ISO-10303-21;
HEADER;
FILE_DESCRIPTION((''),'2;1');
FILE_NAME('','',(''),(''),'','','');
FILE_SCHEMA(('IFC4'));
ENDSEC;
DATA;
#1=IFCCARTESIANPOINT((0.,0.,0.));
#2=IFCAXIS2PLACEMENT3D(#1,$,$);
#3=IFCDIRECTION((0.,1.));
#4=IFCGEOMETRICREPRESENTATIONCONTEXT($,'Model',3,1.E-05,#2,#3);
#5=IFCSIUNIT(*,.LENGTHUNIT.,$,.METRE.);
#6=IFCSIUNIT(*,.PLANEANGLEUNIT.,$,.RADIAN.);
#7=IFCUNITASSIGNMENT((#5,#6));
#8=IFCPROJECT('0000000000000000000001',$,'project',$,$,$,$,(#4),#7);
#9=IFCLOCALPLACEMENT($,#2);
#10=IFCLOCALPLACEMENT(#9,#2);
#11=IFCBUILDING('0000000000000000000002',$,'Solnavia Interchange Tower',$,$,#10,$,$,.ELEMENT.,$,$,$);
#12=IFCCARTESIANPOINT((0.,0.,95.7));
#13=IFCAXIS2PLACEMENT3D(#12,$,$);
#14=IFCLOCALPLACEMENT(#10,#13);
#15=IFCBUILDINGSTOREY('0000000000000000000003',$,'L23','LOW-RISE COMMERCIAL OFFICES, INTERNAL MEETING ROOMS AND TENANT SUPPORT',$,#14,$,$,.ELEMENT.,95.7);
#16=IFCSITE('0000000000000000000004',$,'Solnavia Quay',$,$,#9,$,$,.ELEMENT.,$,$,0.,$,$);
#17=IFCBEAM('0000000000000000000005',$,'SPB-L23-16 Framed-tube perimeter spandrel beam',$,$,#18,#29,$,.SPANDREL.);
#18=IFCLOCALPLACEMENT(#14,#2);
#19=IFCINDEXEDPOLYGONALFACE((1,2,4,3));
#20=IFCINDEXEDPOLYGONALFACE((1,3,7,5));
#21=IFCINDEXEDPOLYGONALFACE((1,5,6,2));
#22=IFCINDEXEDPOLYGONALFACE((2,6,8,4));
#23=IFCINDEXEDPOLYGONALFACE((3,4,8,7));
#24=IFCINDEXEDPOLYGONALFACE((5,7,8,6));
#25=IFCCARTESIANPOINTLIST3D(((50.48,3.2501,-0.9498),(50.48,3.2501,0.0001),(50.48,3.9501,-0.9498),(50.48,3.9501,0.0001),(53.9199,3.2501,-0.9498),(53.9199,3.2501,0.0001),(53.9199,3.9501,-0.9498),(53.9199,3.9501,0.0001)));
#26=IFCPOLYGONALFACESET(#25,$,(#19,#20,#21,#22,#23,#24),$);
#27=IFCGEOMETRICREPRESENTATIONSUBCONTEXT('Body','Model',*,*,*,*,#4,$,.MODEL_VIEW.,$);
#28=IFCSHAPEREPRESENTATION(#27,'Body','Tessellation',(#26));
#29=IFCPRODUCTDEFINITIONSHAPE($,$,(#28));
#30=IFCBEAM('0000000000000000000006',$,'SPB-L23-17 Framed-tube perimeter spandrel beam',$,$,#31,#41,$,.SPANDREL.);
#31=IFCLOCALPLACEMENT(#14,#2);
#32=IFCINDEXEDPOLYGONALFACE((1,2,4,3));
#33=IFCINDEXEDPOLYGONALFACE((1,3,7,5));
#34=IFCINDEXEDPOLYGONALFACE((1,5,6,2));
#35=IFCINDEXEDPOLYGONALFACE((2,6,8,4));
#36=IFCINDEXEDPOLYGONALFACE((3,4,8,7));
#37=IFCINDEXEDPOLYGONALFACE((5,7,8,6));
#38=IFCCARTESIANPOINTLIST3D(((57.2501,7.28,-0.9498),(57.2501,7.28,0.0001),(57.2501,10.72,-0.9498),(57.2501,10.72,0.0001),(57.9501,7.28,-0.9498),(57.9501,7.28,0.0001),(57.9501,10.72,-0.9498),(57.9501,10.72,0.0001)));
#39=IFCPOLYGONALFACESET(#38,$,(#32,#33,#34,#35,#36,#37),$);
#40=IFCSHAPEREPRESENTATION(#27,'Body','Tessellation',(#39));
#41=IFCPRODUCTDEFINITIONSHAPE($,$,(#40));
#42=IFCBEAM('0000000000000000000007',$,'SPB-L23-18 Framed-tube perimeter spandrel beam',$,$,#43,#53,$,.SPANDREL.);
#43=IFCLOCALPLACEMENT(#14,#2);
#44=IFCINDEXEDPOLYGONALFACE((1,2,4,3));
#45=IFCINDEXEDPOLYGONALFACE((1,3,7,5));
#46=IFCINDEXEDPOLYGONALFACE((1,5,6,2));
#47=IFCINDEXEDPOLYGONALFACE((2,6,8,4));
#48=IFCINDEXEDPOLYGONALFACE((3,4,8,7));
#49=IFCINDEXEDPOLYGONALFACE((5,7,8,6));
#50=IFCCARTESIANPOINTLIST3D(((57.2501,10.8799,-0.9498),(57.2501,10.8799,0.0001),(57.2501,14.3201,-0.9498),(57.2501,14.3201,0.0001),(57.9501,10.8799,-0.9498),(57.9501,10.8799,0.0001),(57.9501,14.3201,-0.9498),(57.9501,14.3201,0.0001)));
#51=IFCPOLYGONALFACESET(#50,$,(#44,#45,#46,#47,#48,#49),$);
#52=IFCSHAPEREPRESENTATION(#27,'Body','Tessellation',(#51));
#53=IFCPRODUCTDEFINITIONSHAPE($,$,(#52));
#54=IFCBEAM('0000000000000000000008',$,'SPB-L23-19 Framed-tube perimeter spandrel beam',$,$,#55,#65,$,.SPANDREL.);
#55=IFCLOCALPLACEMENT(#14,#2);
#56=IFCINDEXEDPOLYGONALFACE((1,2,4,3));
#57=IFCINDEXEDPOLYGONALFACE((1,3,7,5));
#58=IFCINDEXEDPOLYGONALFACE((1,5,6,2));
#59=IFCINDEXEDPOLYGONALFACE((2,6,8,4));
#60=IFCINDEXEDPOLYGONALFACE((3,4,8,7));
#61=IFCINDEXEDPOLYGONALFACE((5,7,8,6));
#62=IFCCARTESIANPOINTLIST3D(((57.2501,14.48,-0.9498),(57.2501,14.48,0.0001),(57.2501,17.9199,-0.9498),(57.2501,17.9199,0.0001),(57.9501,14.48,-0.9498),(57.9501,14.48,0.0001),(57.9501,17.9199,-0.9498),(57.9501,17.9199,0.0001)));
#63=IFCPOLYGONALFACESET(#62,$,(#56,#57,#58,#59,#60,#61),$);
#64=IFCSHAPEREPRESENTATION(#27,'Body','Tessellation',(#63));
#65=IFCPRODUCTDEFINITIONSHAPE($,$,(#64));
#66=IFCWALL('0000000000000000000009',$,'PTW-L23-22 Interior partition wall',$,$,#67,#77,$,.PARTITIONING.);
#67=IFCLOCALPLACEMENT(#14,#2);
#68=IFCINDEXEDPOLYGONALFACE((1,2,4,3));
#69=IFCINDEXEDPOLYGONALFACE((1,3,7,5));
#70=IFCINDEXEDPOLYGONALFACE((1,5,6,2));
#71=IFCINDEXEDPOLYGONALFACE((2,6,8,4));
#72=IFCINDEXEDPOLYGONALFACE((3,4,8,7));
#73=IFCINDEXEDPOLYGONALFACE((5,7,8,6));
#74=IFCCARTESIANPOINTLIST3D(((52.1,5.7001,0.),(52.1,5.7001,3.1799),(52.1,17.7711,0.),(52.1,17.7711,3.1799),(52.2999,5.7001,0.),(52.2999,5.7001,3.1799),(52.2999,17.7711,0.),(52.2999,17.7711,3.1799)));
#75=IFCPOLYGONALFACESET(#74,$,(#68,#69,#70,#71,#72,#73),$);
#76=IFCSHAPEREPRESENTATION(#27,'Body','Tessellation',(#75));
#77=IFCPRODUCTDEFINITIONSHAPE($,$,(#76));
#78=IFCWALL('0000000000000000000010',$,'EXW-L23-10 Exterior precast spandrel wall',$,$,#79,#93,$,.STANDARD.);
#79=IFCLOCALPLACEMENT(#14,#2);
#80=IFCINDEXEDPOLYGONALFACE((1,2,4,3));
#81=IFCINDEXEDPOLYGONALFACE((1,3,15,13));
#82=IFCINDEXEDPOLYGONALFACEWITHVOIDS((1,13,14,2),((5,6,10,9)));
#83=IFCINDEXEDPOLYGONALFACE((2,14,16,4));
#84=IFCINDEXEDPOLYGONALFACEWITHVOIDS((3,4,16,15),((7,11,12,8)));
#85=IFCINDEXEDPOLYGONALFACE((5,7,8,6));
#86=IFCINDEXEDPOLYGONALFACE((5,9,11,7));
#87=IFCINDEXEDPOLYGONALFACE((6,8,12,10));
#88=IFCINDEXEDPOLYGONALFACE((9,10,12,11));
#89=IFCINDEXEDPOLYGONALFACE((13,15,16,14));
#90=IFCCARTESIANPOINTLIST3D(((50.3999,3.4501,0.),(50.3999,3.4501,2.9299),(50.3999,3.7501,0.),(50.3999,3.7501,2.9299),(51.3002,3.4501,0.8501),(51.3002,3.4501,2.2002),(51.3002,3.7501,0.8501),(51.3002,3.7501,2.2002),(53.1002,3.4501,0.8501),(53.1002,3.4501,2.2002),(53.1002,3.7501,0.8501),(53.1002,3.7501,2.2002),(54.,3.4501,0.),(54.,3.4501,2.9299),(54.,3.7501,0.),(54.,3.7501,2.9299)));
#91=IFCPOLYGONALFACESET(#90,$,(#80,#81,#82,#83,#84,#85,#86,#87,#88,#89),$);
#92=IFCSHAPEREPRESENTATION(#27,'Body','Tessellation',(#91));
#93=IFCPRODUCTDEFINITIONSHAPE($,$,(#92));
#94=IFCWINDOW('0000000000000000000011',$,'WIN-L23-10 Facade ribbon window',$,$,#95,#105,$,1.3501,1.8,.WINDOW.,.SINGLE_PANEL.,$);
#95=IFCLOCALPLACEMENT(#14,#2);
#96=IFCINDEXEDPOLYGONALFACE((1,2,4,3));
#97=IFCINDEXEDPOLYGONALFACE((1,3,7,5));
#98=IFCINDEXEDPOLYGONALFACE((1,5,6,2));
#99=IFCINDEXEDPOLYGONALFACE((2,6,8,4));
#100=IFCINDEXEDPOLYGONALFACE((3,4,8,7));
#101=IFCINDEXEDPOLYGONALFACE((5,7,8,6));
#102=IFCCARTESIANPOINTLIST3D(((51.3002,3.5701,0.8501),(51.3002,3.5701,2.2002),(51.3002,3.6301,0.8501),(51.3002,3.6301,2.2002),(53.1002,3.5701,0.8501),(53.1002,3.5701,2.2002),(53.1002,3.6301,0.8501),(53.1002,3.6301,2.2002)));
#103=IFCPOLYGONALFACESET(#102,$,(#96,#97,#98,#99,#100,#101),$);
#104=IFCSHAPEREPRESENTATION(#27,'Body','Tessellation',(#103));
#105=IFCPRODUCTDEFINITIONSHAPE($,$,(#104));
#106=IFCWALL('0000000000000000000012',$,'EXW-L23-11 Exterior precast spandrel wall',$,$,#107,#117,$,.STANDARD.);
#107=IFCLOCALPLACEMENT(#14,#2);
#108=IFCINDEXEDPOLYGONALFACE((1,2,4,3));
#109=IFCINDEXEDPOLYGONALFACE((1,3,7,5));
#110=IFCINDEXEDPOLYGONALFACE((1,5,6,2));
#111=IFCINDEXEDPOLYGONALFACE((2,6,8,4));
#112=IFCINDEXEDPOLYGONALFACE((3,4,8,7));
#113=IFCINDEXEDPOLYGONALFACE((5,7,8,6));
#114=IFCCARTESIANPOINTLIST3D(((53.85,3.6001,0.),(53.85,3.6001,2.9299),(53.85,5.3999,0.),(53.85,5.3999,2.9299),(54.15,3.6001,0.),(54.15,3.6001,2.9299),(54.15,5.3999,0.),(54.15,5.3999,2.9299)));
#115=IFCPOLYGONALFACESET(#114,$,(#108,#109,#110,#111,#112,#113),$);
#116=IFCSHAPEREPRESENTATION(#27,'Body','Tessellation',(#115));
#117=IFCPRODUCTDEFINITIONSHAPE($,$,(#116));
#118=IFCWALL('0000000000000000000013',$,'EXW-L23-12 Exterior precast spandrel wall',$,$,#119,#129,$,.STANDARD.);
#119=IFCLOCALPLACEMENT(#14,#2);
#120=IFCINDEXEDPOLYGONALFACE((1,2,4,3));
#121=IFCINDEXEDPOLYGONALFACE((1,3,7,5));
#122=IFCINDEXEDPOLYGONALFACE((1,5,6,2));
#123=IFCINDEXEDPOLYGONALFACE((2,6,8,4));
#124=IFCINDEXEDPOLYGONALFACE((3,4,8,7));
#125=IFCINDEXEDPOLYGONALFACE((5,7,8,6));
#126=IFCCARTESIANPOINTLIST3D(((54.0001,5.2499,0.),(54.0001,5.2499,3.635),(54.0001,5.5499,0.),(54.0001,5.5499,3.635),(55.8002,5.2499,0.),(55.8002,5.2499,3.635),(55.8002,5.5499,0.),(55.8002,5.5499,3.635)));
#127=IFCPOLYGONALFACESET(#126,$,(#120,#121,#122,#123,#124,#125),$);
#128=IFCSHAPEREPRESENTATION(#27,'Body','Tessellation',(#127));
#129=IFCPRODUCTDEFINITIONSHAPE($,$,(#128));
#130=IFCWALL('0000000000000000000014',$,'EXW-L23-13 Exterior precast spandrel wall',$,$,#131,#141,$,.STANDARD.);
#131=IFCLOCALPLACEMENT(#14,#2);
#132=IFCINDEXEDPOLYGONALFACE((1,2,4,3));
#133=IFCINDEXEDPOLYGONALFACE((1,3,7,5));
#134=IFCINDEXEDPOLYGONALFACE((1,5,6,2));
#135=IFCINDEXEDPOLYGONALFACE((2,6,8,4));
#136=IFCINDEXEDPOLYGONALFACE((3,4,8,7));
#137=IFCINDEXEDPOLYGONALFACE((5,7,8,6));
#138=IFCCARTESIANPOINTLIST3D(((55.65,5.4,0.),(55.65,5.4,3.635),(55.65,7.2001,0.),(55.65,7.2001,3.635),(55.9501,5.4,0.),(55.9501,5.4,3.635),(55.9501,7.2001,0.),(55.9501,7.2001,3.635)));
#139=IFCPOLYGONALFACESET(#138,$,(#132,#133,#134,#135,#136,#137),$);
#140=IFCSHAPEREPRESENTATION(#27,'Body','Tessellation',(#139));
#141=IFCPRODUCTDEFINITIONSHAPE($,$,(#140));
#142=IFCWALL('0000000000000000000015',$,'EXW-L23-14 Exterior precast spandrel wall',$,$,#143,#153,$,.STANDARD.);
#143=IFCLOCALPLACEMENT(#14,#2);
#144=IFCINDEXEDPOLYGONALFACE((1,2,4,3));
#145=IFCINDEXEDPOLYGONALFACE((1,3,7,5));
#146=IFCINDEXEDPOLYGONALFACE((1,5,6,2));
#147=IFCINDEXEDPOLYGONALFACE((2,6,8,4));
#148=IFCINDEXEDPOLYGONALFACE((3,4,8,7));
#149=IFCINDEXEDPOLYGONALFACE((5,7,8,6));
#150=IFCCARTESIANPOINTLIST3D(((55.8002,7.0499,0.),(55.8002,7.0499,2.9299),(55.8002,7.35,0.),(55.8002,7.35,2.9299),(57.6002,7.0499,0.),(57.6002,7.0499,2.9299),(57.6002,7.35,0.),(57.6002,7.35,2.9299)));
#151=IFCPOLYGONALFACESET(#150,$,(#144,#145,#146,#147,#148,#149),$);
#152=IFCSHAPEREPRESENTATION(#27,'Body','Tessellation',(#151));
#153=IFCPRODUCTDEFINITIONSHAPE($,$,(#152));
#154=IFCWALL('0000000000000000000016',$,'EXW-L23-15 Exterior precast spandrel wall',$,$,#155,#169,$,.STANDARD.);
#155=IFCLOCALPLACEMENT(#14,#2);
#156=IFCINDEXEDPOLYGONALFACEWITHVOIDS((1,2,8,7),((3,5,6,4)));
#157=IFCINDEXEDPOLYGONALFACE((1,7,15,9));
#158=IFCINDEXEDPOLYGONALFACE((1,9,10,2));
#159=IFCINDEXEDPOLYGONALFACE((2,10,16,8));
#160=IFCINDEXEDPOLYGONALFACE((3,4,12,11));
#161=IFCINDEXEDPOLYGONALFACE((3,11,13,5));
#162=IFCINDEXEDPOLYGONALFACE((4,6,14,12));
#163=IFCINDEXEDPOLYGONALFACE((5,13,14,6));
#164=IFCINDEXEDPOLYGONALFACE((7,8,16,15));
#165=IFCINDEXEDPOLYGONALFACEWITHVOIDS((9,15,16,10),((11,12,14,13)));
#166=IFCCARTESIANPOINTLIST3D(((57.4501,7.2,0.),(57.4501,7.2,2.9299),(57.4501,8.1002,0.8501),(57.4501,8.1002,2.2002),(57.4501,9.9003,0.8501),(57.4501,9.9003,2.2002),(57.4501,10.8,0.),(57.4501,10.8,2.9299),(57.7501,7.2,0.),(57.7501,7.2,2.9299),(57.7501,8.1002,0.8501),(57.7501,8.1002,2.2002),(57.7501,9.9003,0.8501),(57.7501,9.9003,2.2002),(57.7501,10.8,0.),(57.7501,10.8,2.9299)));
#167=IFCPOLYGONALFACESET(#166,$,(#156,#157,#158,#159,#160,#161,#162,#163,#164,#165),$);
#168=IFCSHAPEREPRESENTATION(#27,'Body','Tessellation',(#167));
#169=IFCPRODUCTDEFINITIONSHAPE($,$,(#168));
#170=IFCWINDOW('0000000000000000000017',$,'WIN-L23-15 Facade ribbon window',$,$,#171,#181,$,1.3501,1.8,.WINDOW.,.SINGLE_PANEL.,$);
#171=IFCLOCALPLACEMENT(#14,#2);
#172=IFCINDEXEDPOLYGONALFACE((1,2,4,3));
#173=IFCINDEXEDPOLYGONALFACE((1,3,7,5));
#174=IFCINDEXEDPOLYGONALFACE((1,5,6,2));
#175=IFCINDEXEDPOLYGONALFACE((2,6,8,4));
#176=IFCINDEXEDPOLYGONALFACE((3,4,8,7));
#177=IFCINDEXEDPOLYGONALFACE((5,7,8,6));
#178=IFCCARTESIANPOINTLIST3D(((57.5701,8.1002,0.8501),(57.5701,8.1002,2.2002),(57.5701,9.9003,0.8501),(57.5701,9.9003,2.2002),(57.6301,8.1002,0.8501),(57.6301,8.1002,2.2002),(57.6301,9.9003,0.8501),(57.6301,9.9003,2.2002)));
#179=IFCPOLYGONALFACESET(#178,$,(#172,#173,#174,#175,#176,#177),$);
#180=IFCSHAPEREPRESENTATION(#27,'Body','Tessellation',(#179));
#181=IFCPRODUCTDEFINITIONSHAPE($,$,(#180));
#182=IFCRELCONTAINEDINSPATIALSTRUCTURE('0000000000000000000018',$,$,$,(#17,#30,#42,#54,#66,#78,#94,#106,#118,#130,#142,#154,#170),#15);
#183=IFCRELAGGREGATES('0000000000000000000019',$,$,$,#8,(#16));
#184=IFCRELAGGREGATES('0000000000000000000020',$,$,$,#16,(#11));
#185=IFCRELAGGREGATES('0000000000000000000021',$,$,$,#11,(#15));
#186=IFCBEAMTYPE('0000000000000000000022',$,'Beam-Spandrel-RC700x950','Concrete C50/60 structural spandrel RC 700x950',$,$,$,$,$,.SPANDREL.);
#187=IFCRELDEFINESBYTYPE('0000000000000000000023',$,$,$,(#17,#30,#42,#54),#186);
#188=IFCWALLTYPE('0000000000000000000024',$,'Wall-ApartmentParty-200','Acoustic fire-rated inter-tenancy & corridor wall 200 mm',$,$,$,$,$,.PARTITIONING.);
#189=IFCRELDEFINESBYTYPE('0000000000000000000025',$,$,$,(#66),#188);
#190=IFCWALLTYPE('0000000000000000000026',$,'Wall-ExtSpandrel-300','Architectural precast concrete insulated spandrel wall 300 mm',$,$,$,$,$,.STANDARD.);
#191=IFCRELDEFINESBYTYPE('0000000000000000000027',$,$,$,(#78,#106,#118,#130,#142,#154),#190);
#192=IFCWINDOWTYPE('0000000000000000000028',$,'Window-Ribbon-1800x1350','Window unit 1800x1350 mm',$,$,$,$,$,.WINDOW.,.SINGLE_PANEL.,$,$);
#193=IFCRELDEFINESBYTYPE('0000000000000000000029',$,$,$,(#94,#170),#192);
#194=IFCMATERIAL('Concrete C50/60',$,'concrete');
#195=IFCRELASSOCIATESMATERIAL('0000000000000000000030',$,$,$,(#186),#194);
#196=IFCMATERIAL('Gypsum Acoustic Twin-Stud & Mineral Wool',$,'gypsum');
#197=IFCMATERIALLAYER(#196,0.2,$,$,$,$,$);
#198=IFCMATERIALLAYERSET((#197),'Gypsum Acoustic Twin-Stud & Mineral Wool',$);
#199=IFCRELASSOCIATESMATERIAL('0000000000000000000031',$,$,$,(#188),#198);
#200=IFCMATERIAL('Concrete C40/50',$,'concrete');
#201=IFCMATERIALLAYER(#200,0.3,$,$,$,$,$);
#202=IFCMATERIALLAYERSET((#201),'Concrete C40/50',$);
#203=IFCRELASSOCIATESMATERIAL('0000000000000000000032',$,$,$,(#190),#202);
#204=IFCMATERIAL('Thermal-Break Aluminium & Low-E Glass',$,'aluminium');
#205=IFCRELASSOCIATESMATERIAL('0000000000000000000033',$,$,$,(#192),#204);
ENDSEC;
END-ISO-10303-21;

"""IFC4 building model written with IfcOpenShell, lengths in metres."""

from ifc_helpers import new_model, si_unit, direction, frame, frame_2d, origin, origin_2d, place, context, subcontext, project, spatial, rectangle, extrude, material, layer, layer_set, material_profile, profile_set, type_object, element, fill, save


model = new_model("IFC4")

# Units and contexts
model_context = context("Model", 3, precision=1e-05, world=origin(), true_north=direction((0.0, 1.0)))
body_context = subcontext(model_context, "Body", "Model", "MODEL_VIEW")
ifc_project = project(units=[si_unit("LENGTHUNIT", "METRE"), si_unit("PLANEANGLEUNIT", "RADIAN")], contexts=[model_context])

# Site, building, storey
site_placement = place(None, origin())
site = spatial("IfcSite", under=ifc_project, at=site_placement, Name="Solnavia Quay", CompositionType="ELEMENT", RefElevation=0.0)
building_placement = place(site_placement, origin())
building = spatial("IfcBuilding", under=site, at=building_placement, Name="Solnavia Interchange Tower", CompositionType="ELEMENT")
storey_placement = place(building_placement, frame((0.0, 0.0, 95.7)))
storey = spatial("IfcBuildingStorey", under=building, at=storey_placement, Name="L23", Description="LOW-RISE COMMERCIAL OFFICES, INTERNAL MEETING ROOMS AND TENANT SUPPORT", CompositionType="ELEMENT", Elevation=95.7)

# Shared definitions
ifc_material_1 = material(Name="Concrete C50/60", Category="concrete")

# Beams
ifc_material_profile_1 = material_profile(ifc_material_1, rectangle(XDim=0.7, YDim=0.95, at=origin_2d()), Name="RC 700x950")
ifc_profile_set_1 = profile_set([ifc_material_profile_1], Name="Concrete C50/60")
beam_type_1 = type_object("IfcBeamType", Name="Beam-Spandrel-RC700x950", Description="Concrete C50/60 structural spandrel RC 700x950", PredefinedType="SPANDREL", material=ifc_profile_set_1)
for number, where, z_axis, x_axis, name in (
    (1, (50.48, 3.6001, -0.4749), (1.0, 0.0, 0.0), (0.0, 1.0, 0.0), "SPB-L23-16 Framed-tube perimeter spandrel beam"),
    (2, (57.6001, 7.28, -0.4749), (0.0, 1.0, 0.0), (-1.0, 0.0, 0.0), "SPB-L23-17 Framed-tube perimeter spandrel beam"),
):
    element("IfcBeam", number, at=place(storey_placement, frame(where, z_axis=z_axis, x_axis=x_axis)), inside=storey, type_object=beam_type_1, Name=name, PredefinedType="SPANDREL", context=body_context, shape_type="SweptSolid", body=[
        extrude(rectangle(XDim=0.7, YDim=0.95, at=origin_2d()), origin(), (0.0, 0.0, 1.0), 3.4399),
    ])
beam_1_placement = place(storey_placement, frame((57.6001, 10.8799, -0.4749), z_axis=(0.0, 1.0, 0.0), x_axis=(-1.0, 0.0, 0.0)))
element("IfcBeam", 3, at=beam_1_placement, inside=storey, type_object=beam_type_1, Name="SPB-L23-18 Framed-tube perimeter spandrel beam", PredefinedType="SPANDREL", context=body_context, shape_type="SweptSolid", body=[
    extrude(rectangle(XDim=0.7, YDim=0.95, at=origin_2d()), origin(), (0.0, 0.0, 1.0), 3.4402),
])
beam_2_placement = place(storey_placement, frame((57.6001, 14.48, -0.4749), z_axis=(0.0, 1.0, 0.0), x_axis=(-1.0, 0.0, 0.0)))
element("IfcBeam", 4, at=beam_2_placement, inside=storey, type_object=beam_type_1, Name="SPB-L23-19 Framed-tube perimeter spandrel beam", PredefinedType="SPANDREL", context=body_context, shape_type="SweptSolid", body=[
    extrude(rectangle(XDim=0.7, YDim=0.95, at=origin_2d()), origin(), (0.0, 0.0, 1.0), 3.4399),
])

# Wall
ifc_material_2 = material(Name="Gypsum Acoustic Twin-Stud & Mineral Wool", Category="gypsum")
ifc_layer_1 = layer(ifc_material_2, 0.2)
ifc_layer_set_1 = layer_set([ifc_layer_1], Name="Gypsum Acoustic Twin-Stud & Mineral Wool")
wall_type_1 = type_object("IfcWallType", Name="Wall-ApartmentParty-200", Description="Acoustic fire-rated inter-tenancy & corridor wall 200 mm", PredefinedType="PARTITIONING", material=ifc_layer_set_1)
wall_1_placement = place(storey_placement, frame((52.2, 5.7, 0.0), z_axis=(0.0, 0.0, 1.0), x_axis=(0.0, 1.0, 0.0)))
element("IfcWall", 5, at=wall_1_placement, inside=storey, type_object=wall_type_1, Name="PTW-L23-22 Interior partition wall", PredefinedType="PARTITIONING", context=body_context, shape_type="SweptSolid", body=[
    extrude(rectangle(XDim=12.071, YDim=0.2, at=frame_2d((6.0356, 0.0))), origin(), (0.0, 0.0, 1.0), 3.1799),
])

# Wall, opening, window
ifc_material_3 = material(Name="Concrete C40/50", Category="concrete")
ifc_layer_2 = layer(ifc_material_3, 0.3)
ifc_layer_set_2 = layer_set([ifc_layer_2], Name="Concrete C40/50")
wall_type_2 = type_object("IfcWallType", Name="Wall-ExtSpandrel-300", Description="Architectural precast concrete insulated spandrel wall 300 mm", PredefinedType="STANDARD", material=ifc_layer_set_2)
wall_2_placement = place(storey_placement, frame((54.0, 3.6001, 0.0), z_axis=(0.0, 0.0, 1.0), x_axis=(-1.0, 0.0, 0.0)))
wall_2 = element("IfcWall", 6, at=wall_2_placement, inside=storey, type_object=wall_type_2, Name="EXW-L23-10 Exterior precast spandrel wall", PredefinedType="STANDARD", context=body_context, shape_type="SweptSolid", body=[
    extrude(rectangle(XDim=3.6001, YDim=0.3, at=frame_2d((1.8, 0.0))), origin(), (0.0, 0.0, 1.0), 2.9299),
])
opening_1_placement = place(wall_2_placement, frame((0.8999, 0.0, 0.8501)))
opening_1 = element("IfcOpeningElement", 7, at=opening_1_placement, cuts=wall_2, PredefinedType="OPENING", context=body_context, shape_type="SweptSolid", body=[
    extrude(rectangle(XDim=1.8, YDim=1.3501, at=frame_2d((0.8999, 0.675))), frame((0.0, 0.1602, 0.0), z_axis=(0.0, -1.0, 0.0), x_axis=(1.0, 0.0, 0.0)), (0.0, 0.0, 1.0), 0.3201),
])
ifc_material_4 = material(Name="Thermal-Break Aluminium & Low-E Glass", Category="aluminium")
window_type = type_object("IfcWindowType", Name="Window-Ribbon-1800x1350", Description="Window unit 1800x1350 mm", PartitioningType="SINGLE_PANEL", PredefinedType="WINDOW", material=ifc_material_4)
window_1_placement = place(opening_1_placement, origin())
window_1 = element("IfcWindow", 8, at=window_1_placement, inside=storey, type_object=window_type, Name="WIN-L23-10 Facade ribbon window", OverallHeight=1.3501, OverallWidth=1.8, PartitioningType="SINGLE_PANEL", PredefinedType="WINDOW", context=body_context, shape_type="SweptSolid", body=[
    extrude(rectangle(XDim=1.8, YDim=1.3501, at=frame_2d((0.8999, 0.675))), frame((0.0, 0.03, 0.0), z_axis=(0.0, -1.0, 0.0), x_axis=(1.0, 0.0, 0.0)), (0.0, 0.0, 1.0), 0.0601),
])
fill(opening_1, window_1)

# Walls
wall_3_placement = place(storey_placement, frame((54.0, 5.3999, 0.0), z_axis=(0.0, 0.0, 1.0), x_axis=(0.0, -1.0, 0.0)))
element("IfcWall", 9, at=wall_3_placement, inside=storey, type_object=wall_type_2, Name="EXW-L23-11 Exterior precast spandrel wall", PredefinedType="STANDARD", context=body_context, shape_type="SweptSolid", body=[
    extrude(rectangle(XDim=1.7998, YDim=0.3, at=frame_2d((0.8999, 0.0))), origin(), (0.0, 0.0, 1.0), 2.9299),
])
for number, where, z_axis, x_axis, name in (
    (10, (55.8, 5.3999, 0.0), (0.0, 0.0, 1.0), (-1.0, 0.0, 0.0), "EXW-L23-12 Exterior precast spandrel wall"),
    (11, (55.8, 7.2, 0.0), (0.0, 0.0, 1.0), (0.0, -1.0, 0.0), "EXW-L23-13 Exterior precast spandrel wall"),
):
    element("IfcWall", number, at=place(storey_placement, frame(where, z_axis=z_axis, x_axis=x_axis)), inside=storey, type_object=wall_type_2, Name=name, PredefinedType="STANDARD", context=body_context, shape_type="SweptSolid", body=[
        extrude(rectangle(XDim=1.8, YDim=0.3, at=frame_2d((0.8999, 0.0))), origin(), (0.0, 0.0, 1.0), 3.635),
    ])
wall_4_placement = place(storey_placement, frame((57.6001, 7.2, 0.0), z_axis=(0.0, 0.0, 1.0), x_axis=(-1.0, 0.0, 0.0)))
element("IfcWall", 12, at=wall_4_placement, inside=storey, type_object=wall_type_2, Name="EXW-L23-14 Exterior precast spandrel wall", PredefinedType="STANDARD", context=body_context, shape_type="SweptSolid", body=[
    extrude(rectangle(XDim=1.8, YDim=0.3, at=frame_2d((0.8999, 0.0))), origin(), (0.0, 0.0, 1.0), 2.9299),
])

# Wall, opening, window
wall_5_placement = place(storey_placement, frame((57.6001, 10.8, 0.0), z_axis=(0.0, 0.0, 1.0), x_axis=(0.0, -1.0, 0.0)))
wall_5 = element("IfcWall", 13, at=wall_5_placement, inside=storey, type_object=wall_type_2, Name="EXW-L23-15 Exterior precast spandrel wall", PredefinedType="STANDARD", context=body_context, shape_type="SweptSolid", body=[
    extrude(rectangle(XDim=3.6001, YDim=0.3, at=frame_2d((1.8, 0.0))), origin(), (0.0, 0.0, 1.0), 2.9299),
])
opening_2_placement = place(wall_5_placement, frame((0.8999, 0.0, 0.8501)))
opening_2 = element("IfcOpeningElement", 14, at=opening_2_placement, cuts=wall_5, PredefinedType="OPENING", context=body_context, shape_type="SweptSolid", body=[
    extrude(rectangle(XDim=1.8, YDim=1.3501, at=frame_2d((0.8999, 0.675))), frame((0.0, 0.1602, 0.0), z_axis=(0.0, -1.0, 0.0), x_axis=(1.0, 0.0, 0.0)), (0.0, 0.0, 1.0), 0.3201),
])
window_2_placement = place(opening_2_placement, origin())
window_2 = element("IfcWindow", 15, at=window_2_placement, inside=storey, type_object=window_type, Name="WIN-L23-15 Facade ribbon window", OverallHeight=1.3501, OverallWidth=1.8, PartitioningType="SINGLE_PANEL", PredefinedType="WINDOW", context=body_context, shape_type="SweptSolid", body=[
    extrude(rectangle(XDim=1.8, YDim=1.3501, at=frame_2d((0.8999, 0.675))), frame((0.0, 0.03, 0.0), z_axis=(0.0, -1.0, 0.0), x_axis=(1.0, 0.0, 0.0)), (0.0, 0.0, 1.0), 0.0601),
])
fill(opening_2, window_2)

save(model, "model.ifc")
